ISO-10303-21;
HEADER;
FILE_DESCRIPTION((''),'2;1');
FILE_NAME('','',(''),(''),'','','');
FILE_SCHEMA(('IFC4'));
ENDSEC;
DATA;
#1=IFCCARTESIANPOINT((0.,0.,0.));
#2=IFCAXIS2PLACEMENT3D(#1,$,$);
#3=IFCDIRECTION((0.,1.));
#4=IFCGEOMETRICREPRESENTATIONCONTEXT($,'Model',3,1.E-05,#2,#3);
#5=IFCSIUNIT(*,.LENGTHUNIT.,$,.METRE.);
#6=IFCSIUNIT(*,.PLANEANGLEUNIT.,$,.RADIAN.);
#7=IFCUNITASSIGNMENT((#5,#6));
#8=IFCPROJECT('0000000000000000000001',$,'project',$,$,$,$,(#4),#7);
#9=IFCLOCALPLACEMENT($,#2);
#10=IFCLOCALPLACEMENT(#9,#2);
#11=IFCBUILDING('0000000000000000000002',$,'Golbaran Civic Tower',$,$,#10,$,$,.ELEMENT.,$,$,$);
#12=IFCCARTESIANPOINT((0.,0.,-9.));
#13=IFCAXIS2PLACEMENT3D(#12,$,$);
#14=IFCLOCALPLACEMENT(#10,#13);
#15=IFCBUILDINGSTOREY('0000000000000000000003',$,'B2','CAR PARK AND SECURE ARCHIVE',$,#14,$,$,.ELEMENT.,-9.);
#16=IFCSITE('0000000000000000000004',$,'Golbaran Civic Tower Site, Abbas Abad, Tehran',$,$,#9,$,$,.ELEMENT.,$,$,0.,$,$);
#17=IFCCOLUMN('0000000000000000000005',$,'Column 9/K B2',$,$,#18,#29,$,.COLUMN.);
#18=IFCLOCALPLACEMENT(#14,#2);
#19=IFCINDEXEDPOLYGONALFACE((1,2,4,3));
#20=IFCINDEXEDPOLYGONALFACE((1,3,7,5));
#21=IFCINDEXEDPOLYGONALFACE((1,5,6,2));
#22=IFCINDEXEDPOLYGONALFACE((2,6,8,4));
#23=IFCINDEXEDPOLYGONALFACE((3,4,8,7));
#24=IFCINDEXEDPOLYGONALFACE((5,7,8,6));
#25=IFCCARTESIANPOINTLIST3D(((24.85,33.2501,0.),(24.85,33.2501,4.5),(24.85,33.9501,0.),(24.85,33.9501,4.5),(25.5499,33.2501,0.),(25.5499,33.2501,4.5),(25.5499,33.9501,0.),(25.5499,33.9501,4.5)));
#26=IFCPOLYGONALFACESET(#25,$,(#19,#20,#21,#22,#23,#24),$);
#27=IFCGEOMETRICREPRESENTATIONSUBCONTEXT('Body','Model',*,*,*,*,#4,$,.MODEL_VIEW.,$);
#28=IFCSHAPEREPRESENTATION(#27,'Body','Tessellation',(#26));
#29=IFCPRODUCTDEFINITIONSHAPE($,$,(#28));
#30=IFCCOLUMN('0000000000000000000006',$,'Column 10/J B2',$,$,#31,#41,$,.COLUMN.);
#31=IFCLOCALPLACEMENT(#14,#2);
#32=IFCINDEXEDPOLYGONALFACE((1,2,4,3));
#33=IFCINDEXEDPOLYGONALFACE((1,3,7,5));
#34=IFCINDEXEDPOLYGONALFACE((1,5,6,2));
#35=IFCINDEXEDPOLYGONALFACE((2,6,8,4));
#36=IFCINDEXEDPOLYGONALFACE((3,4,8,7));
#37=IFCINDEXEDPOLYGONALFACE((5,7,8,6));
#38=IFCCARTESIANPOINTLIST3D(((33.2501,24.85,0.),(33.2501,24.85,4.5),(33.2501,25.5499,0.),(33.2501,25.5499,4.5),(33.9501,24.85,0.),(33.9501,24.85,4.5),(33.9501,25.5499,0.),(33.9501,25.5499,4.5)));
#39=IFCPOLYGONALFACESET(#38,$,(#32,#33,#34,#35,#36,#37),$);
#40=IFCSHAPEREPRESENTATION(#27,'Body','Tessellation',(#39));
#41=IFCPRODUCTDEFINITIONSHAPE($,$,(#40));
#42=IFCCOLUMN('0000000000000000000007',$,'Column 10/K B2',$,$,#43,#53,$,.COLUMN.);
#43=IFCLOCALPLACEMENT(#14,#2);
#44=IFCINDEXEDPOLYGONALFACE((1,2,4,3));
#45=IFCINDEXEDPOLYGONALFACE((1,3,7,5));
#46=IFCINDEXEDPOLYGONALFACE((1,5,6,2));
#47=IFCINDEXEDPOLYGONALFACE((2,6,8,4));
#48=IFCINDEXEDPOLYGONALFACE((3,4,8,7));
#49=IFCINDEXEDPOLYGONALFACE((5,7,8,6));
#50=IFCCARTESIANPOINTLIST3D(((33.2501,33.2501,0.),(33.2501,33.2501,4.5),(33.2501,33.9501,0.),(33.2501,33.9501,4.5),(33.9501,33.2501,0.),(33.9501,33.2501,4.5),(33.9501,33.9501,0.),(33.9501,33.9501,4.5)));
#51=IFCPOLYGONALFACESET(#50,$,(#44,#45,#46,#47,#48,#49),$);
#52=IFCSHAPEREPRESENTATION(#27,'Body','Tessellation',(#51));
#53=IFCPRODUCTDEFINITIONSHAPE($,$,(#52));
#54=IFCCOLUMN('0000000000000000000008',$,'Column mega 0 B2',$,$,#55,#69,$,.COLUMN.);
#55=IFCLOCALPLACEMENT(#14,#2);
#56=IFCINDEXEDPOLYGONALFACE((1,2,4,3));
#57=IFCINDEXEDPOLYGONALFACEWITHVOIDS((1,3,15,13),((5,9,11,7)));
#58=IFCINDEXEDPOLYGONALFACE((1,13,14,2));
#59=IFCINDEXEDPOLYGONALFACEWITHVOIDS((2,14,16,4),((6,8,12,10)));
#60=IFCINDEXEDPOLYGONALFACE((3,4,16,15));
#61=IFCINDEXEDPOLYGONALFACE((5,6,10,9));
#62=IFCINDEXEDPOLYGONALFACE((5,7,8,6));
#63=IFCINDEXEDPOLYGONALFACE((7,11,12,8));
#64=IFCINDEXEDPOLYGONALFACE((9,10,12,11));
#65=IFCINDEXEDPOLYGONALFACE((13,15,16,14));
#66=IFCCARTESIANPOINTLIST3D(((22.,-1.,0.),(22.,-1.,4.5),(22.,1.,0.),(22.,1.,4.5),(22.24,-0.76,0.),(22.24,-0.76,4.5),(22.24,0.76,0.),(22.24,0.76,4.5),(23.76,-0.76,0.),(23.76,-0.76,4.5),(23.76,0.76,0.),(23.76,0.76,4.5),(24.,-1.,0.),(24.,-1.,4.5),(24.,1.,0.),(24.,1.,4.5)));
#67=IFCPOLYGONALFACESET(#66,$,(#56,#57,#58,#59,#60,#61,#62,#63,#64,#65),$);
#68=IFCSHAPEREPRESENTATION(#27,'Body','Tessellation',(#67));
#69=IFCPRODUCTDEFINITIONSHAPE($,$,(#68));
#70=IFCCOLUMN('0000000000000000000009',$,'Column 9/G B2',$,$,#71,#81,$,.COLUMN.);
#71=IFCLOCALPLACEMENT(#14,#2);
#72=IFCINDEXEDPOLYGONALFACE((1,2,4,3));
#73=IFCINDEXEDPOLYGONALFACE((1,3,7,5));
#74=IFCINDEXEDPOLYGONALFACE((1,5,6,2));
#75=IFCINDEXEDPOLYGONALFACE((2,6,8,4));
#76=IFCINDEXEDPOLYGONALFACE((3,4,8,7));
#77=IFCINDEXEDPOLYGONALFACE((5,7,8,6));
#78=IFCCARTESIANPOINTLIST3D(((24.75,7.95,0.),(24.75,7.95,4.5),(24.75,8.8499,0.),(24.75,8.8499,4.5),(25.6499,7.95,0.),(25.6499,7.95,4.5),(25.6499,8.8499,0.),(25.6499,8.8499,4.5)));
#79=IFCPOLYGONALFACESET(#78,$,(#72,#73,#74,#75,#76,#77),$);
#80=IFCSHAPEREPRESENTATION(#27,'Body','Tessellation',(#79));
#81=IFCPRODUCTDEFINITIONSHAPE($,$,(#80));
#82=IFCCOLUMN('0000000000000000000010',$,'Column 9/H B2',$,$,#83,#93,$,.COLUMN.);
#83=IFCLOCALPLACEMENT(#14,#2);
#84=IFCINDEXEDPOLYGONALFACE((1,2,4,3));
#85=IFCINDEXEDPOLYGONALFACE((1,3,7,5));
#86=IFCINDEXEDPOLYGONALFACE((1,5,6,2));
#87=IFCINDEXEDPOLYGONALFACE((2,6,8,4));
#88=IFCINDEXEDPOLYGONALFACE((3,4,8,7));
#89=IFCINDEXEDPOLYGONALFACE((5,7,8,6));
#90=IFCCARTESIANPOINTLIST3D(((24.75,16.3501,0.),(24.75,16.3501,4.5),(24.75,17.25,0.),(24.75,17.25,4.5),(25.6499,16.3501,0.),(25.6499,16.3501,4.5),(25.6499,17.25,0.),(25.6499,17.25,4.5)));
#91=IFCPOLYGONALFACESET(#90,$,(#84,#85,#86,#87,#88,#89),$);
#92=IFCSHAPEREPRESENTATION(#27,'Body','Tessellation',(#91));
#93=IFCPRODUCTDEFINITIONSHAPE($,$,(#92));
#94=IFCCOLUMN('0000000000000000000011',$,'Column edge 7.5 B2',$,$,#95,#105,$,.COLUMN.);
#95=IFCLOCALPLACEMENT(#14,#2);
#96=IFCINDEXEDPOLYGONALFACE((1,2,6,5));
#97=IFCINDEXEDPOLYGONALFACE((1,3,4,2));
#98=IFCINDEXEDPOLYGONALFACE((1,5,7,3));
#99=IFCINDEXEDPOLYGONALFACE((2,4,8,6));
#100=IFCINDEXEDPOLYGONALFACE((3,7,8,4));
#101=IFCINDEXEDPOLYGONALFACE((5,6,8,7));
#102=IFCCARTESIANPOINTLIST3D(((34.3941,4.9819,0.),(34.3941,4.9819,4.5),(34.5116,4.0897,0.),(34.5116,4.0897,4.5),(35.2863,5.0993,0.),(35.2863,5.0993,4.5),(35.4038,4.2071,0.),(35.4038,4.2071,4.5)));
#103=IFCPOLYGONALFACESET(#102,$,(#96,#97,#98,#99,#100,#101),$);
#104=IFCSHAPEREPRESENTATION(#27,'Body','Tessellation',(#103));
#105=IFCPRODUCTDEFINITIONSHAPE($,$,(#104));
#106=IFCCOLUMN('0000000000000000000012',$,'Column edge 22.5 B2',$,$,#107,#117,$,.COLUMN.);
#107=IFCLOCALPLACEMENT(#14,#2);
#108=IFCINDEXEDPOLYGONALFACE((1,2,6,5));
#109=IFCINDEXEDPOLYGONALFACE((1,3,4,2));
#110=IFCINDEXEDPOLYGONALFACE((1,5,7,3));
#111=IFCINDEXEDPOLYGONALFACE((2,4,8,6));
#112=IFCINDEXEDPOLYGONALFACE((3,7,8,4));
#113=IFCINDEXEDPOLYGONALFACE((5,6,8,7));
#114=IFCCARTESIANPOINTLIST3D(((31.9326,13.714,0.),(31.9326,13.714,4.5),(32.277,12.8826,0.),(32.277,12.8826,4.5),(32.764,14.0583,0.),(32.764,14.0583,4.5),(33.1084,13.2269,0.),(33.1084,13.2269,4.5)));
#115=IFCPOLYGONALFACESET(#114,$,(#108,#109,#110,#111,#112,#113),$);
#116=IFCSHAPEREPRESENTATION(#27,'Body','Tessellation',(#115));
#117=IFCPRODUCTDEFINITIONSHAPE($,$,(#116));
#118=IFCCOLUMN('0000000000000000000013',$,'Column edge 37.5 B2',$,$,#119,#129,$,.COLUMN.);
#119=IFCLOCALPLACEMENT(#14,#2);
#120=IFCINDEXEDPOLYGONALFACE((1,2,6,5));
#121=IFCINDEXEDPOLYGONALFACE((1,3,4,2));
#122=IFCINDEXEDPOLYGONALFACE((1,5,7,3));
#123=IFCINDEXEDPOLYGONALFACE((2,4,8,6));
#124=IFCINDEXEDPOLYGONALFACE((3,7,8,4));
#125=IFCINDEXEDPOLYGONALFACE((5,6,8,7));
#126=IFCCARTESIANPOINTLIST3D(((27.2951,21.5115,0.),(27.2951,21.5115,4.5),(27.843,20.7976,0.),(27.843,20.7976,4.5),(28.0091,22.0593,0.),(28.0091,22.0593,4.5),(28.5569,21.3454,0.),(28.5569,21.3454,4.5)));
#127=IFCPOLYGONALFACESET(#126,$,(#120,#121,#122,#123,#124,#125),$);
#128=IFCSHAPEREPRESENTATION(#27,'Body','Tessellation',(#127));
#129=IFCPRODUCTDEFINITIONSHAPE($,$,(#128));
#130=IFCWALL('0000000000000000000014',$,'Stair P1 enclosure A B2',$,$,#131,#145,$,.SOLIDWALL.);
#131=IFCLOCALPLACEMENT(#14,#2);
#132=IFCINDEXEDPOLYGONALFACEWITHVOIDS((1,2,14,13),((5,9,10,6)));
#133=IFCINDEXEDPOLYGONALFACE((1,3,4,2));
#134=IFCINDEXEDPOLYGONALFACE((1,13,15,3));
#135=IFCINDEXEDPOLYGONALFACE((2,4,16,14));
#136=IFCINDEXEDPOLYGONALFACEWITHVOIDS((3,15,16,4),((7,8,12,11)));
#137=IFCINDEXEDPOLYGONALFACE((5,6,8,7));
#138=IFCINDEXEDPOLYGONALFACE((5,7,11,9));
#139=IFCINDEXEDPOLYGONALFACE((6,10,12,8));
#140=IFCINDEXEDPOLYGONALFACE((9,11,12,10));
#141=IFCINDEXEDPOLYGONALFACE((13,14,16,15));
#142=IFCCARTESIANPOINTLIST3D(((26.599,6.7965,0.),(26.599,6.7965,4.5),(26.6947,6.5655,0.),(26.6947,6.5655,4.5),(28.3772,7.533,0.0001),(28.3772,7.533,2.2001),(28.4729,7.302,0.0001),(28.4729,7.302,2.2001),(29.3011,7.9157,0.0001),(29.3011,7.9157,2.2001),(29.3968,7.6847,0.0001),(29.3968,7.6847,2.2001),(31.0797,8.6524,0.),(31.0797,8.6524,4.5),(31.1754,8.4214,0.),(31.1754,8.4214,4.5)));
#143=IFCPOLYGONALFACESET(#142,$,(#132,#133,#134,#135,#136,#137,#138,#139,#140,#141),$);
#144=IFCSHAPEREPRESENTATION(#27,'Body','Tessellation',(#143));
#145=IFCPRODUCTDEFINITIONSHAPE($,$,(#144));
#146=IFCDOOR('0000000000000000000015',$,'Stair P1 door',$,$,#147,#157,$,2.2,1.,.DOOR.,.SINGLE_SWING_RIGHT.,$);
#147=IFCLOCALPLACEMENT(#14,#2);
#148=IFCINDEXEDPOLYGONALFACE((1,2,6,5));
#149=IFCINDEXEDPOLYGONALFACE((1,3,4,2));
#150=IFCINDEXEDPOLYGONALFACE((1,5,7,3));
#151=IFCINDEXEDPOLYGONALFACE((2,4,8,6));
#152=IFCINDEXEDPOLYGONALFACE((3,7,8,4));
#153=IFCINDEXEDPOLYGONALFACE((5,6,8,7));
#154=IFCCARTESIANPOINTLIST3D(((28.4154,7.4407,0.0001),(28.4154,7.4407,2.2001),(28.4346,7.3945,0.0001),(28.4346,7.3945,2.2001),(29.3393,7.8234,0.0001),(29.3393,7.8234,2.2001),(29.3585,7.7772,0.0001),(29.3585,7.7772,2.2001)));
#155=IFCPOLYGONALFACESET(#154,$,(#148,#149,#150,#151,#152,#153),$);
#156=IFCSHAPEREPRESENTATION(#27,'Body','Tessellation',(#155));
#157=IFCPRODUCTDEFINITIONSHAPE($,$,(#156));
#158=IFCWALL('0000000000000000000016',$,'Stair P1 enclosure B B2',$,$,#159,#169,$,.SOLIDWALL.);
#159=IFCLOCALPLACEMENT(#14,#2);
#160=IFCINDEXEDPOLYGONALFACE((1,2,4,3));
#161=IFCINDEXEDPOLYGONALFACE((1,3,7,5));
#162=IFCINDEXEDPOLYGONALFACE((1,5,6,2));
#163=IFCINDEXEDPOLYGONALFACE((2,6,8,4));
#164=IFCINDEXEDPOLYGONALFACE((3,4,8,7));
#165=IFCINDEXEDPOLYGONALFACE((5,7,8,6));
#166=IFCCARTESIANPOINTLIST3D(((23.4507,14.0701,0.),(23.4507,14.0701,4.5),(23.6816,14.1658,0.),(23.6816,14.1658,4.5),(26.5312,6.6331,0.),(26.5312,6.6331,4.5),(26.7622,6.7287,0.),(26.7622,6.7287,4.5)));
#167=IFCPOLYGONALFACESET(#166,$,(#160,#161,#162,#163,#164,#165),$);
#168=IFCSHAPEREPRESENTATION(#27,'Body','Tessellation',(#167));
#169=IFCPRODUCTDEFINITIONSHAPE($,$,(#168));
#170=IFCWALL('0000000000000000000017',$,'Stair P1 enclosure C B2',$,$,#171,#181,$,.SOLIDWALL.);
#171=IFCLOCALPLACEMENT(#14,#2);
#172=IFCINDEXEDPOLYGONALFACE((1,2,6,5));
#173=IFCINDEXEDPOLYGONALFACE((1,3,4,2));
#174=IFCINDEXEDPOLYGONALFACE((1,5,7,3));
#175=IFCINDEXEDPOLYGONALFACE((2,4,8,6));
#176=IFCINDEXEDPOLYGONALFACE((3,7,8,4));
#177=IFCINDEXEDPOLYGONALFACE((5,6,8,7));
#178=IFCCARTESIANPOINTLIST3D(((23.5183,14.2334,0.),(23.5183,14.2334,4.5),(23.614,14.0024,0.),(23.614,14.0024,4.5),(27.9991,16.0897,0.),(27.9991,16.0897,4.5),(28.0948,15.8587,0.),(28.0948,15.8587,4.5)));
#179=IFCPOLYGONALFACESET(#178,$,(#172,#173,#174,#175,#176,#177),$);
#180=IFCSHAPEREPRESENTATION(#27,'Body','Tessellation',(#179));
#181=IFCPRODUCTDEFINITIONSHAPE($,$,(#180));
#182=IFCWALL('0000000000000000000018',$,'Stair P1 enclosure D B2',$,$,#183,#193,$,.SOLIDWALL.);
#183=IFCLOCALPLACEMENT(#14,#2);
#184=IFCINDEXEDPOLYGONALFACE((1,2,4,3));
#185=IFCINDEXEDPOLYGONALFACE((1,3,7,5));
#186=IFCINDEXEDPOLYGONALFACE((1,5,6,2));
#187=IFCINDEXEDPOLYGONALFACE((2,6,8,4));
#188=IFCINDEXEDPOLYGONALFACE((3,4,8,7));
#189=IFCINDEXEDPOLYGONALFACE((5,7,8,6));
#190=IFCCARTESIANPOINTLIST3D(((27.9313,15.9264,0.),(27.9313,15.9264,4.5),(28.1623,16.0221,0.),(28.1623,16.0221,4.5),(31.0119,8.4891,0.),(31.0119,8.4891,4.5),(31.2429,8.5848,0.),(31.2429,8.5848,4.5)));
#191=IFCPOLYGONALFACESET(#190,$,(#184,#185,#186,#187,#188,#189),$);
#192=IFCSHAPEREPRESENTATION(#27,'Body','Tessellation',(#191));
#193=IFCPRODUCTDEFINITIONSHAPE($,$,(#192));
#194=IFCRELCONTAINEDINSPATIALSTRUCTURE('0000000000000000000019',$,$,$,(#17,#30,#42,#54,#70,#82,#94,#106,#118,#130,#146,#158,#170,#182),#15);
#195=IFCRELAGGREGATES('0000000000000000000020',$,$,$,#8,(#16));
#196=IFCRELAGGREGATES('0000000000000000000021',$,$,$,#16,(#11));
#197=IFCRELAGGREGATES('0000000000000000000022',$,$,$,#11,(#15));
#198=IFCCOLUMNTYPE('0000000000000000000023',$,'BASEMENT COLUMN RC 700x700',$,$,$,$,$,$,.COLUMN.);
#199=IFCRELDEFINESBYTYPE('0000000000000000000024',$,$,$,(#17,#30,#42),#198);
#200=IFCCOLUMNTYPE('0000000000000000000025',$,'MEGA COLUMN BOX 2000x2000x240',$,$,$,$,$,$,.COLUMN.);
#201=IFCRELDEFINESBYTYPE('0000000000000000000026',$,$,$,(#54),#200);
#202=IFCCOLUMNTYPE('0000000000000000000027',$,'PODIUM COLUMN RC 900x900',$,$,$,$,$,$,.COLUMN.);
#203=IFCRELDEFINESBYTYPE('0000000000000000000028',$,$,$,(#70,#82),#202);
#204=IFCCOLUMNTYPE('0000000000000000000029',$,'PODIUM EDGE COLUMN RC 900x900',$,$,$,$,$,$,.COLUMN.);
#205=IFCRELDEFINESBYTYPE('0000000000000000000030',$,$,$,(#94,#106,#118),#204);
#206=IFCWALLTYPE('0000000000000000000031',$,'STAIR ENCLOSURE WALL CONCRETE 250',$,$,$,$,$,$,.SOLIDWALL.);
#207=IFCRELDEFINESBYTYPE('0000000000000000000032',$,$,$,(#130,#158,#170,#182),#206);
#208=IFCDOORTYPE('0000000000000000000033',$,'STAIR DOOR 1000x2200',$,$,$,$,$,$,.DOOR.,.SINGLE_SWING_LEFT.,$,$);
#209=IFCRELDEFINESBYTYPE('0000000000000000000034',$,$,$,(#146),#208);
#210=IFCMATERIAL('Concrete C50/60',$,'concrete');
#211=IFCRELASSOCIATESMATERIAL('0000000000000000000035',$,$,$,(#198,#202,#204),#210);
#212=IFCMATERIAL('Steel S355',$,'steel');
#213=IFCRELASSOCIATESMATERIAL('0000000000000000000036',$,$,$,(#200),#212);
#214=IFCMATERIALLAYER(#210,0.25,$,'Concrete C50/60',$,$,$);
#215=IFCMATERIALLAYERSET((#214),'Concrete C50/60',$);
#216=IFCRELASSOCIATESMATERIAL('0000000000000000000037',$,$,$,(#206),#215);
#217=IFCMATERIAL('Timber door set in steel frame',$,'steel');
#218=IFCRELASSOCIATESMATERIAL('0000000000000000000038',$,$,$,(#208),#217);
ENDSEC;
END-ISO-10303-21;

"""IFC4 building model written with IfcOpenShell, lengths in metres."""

from ifc_helpers import new_model, si_unit, direction, frame, frame_2d, origin, origin_2d, place, context, subcontext, project, spatial, rectangle, hollow_rectangle, extrude, material, layer, layer_set, material_profile, profile_set, type_object, element, fill, save


model = new_model("IFC4")

# Units and contexts
model_context = context("Model", 3, precision=1e-05, world=origin(), true_north=direction((0.0, 1.0)))
body_context = subcontext(model_context, "Body", "Model", "MODEL_VIEW")
ifc_project = project(units=[si_unit("LENGTHUNIT", "METRE"), si_unit("PLANEANGLEUNIT", "RADIAN")], contexts=[model_context])

# Site, building, storey
site_placement = place(None, origin())
site = spatial("IfcSite", under=ifc_project, at=site_placement, Name="Golbaran Civic Tower Site, Abbas Abad, Tehran", CompositionType="ELEMENT", RefElevation=0.0)
building_placement = place(site_placement, origin())
building = spatial("IfcBuilding", under=site, at=building_placement, Name="Golbaran Civic Tower", CompositionType="ELEMENT")
storey_placement = place(building_placement, frame((0.0, 0.0, -9.0)))
storey = spatial("IfcBuildingStorey", under=building, at=storey_placement, Name="B2", Description="CAR PARK AND SECURE ARCHIVE", CompositionType="ELEMENT", Elevation=-9.0)

# Columns
ifc_material_1 = material(Name="Concrete C50/60", Category="concrete")
ifc_material_profile_1 = material_profile(ifc_material_1, rectangle(XDim=0.7, YDim=0.7, at=origin_2d()), Name="RC 700x700")
ifc_profile_set_1 = profile_set([ifc_material_profile_1], Name="Concrete C50/60")
column_type_1 = type_object("IfcColumnType", Name="BASEMENT COLUMN RC 700x700", PredefinedType="COLUMN", material=ifc_profile_set_1)
for number, where, z_axis, x_axis, name in (
    (1, (25.2, 33.6001, 0.0), (0.0, 0.0, 1.0), (1.0, 0.0, 0.0), "Column 9/K B2"),
    (2, (33.6001, 25.2, 0.0), (0.0, 0.0, 1.0), (1.0, 0.0, 0.0), "Column 10/J B2"),
    (3, (33.6001, 33.6001, 0.0), (0.0, 0.0, 1.0), (1.0, 0.0, 0.0), "Column 10/K B2"),
):
    element("IfcColumn", number, at=place(storey_placement, frame(where, z_axis=z_axis, x_axis=x_axis)), inside=storey, type_object=column_type_1, Name=name, PredefinedType="COLUMN", context=body_context, shape_type="SweptSolid", body=[
        extrude(rectangle(XDim=0.7, YDim=0.7, at=origin_2d()), origin(), (0.0, 0.0, 1.0), 4.5),
    ])
ifc_material_2 = material(Name="Steel S355", Category="steel")
ifc_material_profile_2 = material_profile(ifc_material_2, hollow_rectangle(XDim=2.0, YDim=2.0, WallThickness=0.24, at=origin_2d()), Name="BOX 2000x2000x240")
ifc_profile_set_2 = profile_set([ifc_material_profile_2], Name="Steel S355")
column_type_2 = type_object("IfcColumnType", Name="MEGA COLUMN BOX 2000x2000x240", PredefinedType="COLUMN", material=ifc_profile_set_2)
column_placement = place(storey_placement, frame((23.0, 0.0, 0.0), z_axis=(0.0, 0.0, 1.0), x_axis=(1.0, 0.0, 0.0)))
element("IfcColumn", 4, at=column_placement, inside=storey, type_object=column_type_2, Name="Column mega 0 B2", PredefinedType="COLUMN", context=body_context, shape_type="SweptSolid", body=[
    extrude(hollow_rectangle(XDim=2.0, YDim=2.0, WallThickness=0.24, at=origin_2d()), origin(), (0.0, 0.0, 1.0), 4.5),
])
ifc_material_profile_3 = material_profile(ifc_material_1, rectangle(XDim=0.8999, YDim=0.8999, at=origin_2d()), Name="RC 900x900")
ifc_profile_set_3 = profile_set([ifc_material_profile_3], Name="Concrete C50/60")
column_type_3 = type_object("IfcColumnType", Name="PODIUM COLUMN RC 900x900", PredefinedType="COLUMN", material=ifc_profile_set_3)
for number, where, z_axis, x_axis, name in (
    (5, (25.2, 8.3999, 0.0), (0.0, 0.0, 1.0), (1.0, 0.0, 0.0), "Column 9/G B2"),
    (6, (25.2, 16.8, 0.0), (0.0, 0.0, 1.0), (1.0, 0.0, 0.0), "Column 9/H B2"),
):
    element("IfcColumn", number, at=place(storey_placement, frame(where, z_axis=z_axis, x_axis=x_axis)), inside=storey, type_object=column_type_3, Name=name, PredefinedType="COLUMN", context=body_context, shape_type="SweptSolid", body=[
        extrude(rectangle(XDim=0.8999, YDim=0.8999, at=origin_2d()), origin(), (0.0, 0.0, 1.0), 4.5),
    ])
ifc_material_profile_4 = material_profile(ifc_material_1, rectangle(XDim=0.8999, YDim=0.8999, at=origin_2d()), Name="RC 900x900")
ifc_profile_set_4 = profile_set([ifc_material_profile_4], Name="Concrete C50/60")
column_type_4 = type_object("IfcColumnType", Name="PODIUM EDGE COLUMN RC 900x900", PredefinedType="COLUMN", material=ifc_profile_set_4)
for number, where, z_axis, x_axis, name in (
    (7, (34.8989, 4.5945, 0.0), (0.0, 0.0, 1.0), (0.991445, 0.130526, 0.0), "Column edge 7.5 B2"),
    (8, (32.5205, 13.4705, 0.0), (0.0, 0.0, 1.0), (0.92388, 0.382683, 0.0), "Column edge 22.5 B2"),
    (9, (27.926, 21.4285, 0.0), (0.0, 0.0, 1.0), (0.793353, 0.608761, 0.0), "Column edge 37.5 B2"),
):
    element("IfcColumn", number, at=place(storey_placement, frame(where, z_axis=z_axis, x_axis=x_axis)), inside=storey, type_object=column_type_4, Name=name, PredefinedType="COLUMN", context=body_context, shape_type="SweptSolid", body=[
        extrude(rectangle(XDim=0.8999, YDim=0.8999, at=origin_2d()), origin(), (0.0, 0.0, 1.0), 4.5),
    ])

# Wall, opening, door
ifc_layer_1 = layer(ifc_material_1, 0.25, Name="Concrete C50/60")
ifc_layer_set_1 = layer_set([ifc_layer_1], Name="Concrete C50/60")
wall_type_1 = type_object("IfcWallType", Name="STAIR ENCLOSURE WALL CONCRETE 250", PredefinedType="SOLIDWALL", material=ifc_layer_set_1)
wall_1_placement = place(storey_placement, frame((31.1274, 8.5369, 0.0), z_axis=(0.0, 0.0, 1.0), x_axis=(-0.923881, -0.382681, 0.0)))
wall_1 = element("IfcWall", 10, at=wall_1_placement, inside=storey, type_object=wall_type_1, Name="Stair P1 enclosure A B2", PredefinedType="SOLIDWALL", context=body_context, shape_type="SweptSolid", body=[
    extrude(rectangle(XDim=4.8499, YDim=0.25, at=frame_2d((2.4248, 0.0))), origin(), (0.0, 0.0, 1.0), 4.5),
])
opening_1_placement = place(wall_1_placement, frame((1.925, 0.0, 0.0)))
opening_1 = element("IfcOpeningElement", 11, at=opening_1_placement, cuts=wall_1, PredefinedType="OPENING", context=body_context, shape_type="SweptSolid", body=[
    extrude(rectangle(XDim=1.0, YDim=2.2, at=frame_2d((0.5, 1.1001))), frame((0.0, 0.135, 0.0), z_axis=(0.0, -1.0, 0.0), x_axis=(1.0, 0.0, 0.0)), (0.0, 0.0, 1.0), 0.27),
])
ifc_material_3 = material(Name="Timber door set in steel frame", Category="steel")
door_type_1 = type_object("IfcDoorType", Name="STAIR DOOR 1000x2200", OperationType="SINGLE_SWING_LEFT", PredefinedType="DOOR", material=ifc_material_3)
door_1_placement = place(opening_1_placement, origin())
door_1 = element("IfcDoor", 12, at=door_1_placement, inside=storey, type_object=door_type_1, Name="Stair P1 door", OperationType="SINGLE_SWING_RIGHT", OverallHeight=2.2, OverallWidth=1.0, PredefinedType="DOOR", context=body_context, shape_type="SweptSolid", body=[
    extrude(rectangle(XDim=1.0, YDim=2.2, at=frame_2d((0.5, 1.1001))), frame((0.0, 0.0249, 0.0), z_axis=(0.0, -1.0, 0.0), x_axis=(1.0, 0.0, 0.0)), (0.0, 0.0, 1.0), 0.05),
])
fill(opening_1, door_1)

# Walls
wall_2_placement = place(storey_placement, frame((26.6467, 6.6809, 0.0), z_axis=(0.0, 0.0, 1.0), x_axis=(-0.382689, 0.923877, 0.0)))
element("IfcWall", 13, at=wall_2_placement, inside=storey, type_object=wall_type_1, Name="Stair P1 enclosure B B2", PredefinedType="SOLIDWALL", context=body_context, shape_type="SweptSolid", body=[
    extrude(rectangle(XDim=8.0498, YDim=0.25, at=frame_2d((4.0249, 0.0))), origin(), (0.0, 0.0, 1.0), 4.5),
])
wall_3_placement = place(storey_placement, frame((23.5662, 14.1179, 0.0), z_axis=(0.0, 0.0, 1.0), x_axis=(0.923863, 0.382724, 0.0)))
element("IfcWall", 14, at=wall_3_placement, inside=storey, type_object=wall_type_1, Name="Stair P1 enclosure C B2", PredefinedType="SOLIDWALL", context=body_context, shape_type="SweptSolid", body=[
    extrude(rectangle(XDim=4.8501, YDim=0.25, at=frame_2d((2.425, 0.0))), origin(), (0.0, 0.0, 1.0), 4.5),
])
wall_4_placement = place(storey_placement, frame((28.0469, 15.9741, 0.0), z_axis=(0.0, 0.0, 1.0), x_axis=(0.382679, -0.923882, 0.0)))
element("IfcWall", 15, at=wall_4_placement, inside=storey, type_object=wall_type_1, Name="Stair P1 enclosure D B2", PredefinedType="SOLIDWALL", context=body_context, shape_type="SweptSolid", body=[
    extrude(rectangle(XDim=8.05, YDim=0.25, at=frame_2d((4.0249, 0.0))), origin(), (0.0, 0.0, 1.0), 4.5),
])

save(model, "model.ifc")
